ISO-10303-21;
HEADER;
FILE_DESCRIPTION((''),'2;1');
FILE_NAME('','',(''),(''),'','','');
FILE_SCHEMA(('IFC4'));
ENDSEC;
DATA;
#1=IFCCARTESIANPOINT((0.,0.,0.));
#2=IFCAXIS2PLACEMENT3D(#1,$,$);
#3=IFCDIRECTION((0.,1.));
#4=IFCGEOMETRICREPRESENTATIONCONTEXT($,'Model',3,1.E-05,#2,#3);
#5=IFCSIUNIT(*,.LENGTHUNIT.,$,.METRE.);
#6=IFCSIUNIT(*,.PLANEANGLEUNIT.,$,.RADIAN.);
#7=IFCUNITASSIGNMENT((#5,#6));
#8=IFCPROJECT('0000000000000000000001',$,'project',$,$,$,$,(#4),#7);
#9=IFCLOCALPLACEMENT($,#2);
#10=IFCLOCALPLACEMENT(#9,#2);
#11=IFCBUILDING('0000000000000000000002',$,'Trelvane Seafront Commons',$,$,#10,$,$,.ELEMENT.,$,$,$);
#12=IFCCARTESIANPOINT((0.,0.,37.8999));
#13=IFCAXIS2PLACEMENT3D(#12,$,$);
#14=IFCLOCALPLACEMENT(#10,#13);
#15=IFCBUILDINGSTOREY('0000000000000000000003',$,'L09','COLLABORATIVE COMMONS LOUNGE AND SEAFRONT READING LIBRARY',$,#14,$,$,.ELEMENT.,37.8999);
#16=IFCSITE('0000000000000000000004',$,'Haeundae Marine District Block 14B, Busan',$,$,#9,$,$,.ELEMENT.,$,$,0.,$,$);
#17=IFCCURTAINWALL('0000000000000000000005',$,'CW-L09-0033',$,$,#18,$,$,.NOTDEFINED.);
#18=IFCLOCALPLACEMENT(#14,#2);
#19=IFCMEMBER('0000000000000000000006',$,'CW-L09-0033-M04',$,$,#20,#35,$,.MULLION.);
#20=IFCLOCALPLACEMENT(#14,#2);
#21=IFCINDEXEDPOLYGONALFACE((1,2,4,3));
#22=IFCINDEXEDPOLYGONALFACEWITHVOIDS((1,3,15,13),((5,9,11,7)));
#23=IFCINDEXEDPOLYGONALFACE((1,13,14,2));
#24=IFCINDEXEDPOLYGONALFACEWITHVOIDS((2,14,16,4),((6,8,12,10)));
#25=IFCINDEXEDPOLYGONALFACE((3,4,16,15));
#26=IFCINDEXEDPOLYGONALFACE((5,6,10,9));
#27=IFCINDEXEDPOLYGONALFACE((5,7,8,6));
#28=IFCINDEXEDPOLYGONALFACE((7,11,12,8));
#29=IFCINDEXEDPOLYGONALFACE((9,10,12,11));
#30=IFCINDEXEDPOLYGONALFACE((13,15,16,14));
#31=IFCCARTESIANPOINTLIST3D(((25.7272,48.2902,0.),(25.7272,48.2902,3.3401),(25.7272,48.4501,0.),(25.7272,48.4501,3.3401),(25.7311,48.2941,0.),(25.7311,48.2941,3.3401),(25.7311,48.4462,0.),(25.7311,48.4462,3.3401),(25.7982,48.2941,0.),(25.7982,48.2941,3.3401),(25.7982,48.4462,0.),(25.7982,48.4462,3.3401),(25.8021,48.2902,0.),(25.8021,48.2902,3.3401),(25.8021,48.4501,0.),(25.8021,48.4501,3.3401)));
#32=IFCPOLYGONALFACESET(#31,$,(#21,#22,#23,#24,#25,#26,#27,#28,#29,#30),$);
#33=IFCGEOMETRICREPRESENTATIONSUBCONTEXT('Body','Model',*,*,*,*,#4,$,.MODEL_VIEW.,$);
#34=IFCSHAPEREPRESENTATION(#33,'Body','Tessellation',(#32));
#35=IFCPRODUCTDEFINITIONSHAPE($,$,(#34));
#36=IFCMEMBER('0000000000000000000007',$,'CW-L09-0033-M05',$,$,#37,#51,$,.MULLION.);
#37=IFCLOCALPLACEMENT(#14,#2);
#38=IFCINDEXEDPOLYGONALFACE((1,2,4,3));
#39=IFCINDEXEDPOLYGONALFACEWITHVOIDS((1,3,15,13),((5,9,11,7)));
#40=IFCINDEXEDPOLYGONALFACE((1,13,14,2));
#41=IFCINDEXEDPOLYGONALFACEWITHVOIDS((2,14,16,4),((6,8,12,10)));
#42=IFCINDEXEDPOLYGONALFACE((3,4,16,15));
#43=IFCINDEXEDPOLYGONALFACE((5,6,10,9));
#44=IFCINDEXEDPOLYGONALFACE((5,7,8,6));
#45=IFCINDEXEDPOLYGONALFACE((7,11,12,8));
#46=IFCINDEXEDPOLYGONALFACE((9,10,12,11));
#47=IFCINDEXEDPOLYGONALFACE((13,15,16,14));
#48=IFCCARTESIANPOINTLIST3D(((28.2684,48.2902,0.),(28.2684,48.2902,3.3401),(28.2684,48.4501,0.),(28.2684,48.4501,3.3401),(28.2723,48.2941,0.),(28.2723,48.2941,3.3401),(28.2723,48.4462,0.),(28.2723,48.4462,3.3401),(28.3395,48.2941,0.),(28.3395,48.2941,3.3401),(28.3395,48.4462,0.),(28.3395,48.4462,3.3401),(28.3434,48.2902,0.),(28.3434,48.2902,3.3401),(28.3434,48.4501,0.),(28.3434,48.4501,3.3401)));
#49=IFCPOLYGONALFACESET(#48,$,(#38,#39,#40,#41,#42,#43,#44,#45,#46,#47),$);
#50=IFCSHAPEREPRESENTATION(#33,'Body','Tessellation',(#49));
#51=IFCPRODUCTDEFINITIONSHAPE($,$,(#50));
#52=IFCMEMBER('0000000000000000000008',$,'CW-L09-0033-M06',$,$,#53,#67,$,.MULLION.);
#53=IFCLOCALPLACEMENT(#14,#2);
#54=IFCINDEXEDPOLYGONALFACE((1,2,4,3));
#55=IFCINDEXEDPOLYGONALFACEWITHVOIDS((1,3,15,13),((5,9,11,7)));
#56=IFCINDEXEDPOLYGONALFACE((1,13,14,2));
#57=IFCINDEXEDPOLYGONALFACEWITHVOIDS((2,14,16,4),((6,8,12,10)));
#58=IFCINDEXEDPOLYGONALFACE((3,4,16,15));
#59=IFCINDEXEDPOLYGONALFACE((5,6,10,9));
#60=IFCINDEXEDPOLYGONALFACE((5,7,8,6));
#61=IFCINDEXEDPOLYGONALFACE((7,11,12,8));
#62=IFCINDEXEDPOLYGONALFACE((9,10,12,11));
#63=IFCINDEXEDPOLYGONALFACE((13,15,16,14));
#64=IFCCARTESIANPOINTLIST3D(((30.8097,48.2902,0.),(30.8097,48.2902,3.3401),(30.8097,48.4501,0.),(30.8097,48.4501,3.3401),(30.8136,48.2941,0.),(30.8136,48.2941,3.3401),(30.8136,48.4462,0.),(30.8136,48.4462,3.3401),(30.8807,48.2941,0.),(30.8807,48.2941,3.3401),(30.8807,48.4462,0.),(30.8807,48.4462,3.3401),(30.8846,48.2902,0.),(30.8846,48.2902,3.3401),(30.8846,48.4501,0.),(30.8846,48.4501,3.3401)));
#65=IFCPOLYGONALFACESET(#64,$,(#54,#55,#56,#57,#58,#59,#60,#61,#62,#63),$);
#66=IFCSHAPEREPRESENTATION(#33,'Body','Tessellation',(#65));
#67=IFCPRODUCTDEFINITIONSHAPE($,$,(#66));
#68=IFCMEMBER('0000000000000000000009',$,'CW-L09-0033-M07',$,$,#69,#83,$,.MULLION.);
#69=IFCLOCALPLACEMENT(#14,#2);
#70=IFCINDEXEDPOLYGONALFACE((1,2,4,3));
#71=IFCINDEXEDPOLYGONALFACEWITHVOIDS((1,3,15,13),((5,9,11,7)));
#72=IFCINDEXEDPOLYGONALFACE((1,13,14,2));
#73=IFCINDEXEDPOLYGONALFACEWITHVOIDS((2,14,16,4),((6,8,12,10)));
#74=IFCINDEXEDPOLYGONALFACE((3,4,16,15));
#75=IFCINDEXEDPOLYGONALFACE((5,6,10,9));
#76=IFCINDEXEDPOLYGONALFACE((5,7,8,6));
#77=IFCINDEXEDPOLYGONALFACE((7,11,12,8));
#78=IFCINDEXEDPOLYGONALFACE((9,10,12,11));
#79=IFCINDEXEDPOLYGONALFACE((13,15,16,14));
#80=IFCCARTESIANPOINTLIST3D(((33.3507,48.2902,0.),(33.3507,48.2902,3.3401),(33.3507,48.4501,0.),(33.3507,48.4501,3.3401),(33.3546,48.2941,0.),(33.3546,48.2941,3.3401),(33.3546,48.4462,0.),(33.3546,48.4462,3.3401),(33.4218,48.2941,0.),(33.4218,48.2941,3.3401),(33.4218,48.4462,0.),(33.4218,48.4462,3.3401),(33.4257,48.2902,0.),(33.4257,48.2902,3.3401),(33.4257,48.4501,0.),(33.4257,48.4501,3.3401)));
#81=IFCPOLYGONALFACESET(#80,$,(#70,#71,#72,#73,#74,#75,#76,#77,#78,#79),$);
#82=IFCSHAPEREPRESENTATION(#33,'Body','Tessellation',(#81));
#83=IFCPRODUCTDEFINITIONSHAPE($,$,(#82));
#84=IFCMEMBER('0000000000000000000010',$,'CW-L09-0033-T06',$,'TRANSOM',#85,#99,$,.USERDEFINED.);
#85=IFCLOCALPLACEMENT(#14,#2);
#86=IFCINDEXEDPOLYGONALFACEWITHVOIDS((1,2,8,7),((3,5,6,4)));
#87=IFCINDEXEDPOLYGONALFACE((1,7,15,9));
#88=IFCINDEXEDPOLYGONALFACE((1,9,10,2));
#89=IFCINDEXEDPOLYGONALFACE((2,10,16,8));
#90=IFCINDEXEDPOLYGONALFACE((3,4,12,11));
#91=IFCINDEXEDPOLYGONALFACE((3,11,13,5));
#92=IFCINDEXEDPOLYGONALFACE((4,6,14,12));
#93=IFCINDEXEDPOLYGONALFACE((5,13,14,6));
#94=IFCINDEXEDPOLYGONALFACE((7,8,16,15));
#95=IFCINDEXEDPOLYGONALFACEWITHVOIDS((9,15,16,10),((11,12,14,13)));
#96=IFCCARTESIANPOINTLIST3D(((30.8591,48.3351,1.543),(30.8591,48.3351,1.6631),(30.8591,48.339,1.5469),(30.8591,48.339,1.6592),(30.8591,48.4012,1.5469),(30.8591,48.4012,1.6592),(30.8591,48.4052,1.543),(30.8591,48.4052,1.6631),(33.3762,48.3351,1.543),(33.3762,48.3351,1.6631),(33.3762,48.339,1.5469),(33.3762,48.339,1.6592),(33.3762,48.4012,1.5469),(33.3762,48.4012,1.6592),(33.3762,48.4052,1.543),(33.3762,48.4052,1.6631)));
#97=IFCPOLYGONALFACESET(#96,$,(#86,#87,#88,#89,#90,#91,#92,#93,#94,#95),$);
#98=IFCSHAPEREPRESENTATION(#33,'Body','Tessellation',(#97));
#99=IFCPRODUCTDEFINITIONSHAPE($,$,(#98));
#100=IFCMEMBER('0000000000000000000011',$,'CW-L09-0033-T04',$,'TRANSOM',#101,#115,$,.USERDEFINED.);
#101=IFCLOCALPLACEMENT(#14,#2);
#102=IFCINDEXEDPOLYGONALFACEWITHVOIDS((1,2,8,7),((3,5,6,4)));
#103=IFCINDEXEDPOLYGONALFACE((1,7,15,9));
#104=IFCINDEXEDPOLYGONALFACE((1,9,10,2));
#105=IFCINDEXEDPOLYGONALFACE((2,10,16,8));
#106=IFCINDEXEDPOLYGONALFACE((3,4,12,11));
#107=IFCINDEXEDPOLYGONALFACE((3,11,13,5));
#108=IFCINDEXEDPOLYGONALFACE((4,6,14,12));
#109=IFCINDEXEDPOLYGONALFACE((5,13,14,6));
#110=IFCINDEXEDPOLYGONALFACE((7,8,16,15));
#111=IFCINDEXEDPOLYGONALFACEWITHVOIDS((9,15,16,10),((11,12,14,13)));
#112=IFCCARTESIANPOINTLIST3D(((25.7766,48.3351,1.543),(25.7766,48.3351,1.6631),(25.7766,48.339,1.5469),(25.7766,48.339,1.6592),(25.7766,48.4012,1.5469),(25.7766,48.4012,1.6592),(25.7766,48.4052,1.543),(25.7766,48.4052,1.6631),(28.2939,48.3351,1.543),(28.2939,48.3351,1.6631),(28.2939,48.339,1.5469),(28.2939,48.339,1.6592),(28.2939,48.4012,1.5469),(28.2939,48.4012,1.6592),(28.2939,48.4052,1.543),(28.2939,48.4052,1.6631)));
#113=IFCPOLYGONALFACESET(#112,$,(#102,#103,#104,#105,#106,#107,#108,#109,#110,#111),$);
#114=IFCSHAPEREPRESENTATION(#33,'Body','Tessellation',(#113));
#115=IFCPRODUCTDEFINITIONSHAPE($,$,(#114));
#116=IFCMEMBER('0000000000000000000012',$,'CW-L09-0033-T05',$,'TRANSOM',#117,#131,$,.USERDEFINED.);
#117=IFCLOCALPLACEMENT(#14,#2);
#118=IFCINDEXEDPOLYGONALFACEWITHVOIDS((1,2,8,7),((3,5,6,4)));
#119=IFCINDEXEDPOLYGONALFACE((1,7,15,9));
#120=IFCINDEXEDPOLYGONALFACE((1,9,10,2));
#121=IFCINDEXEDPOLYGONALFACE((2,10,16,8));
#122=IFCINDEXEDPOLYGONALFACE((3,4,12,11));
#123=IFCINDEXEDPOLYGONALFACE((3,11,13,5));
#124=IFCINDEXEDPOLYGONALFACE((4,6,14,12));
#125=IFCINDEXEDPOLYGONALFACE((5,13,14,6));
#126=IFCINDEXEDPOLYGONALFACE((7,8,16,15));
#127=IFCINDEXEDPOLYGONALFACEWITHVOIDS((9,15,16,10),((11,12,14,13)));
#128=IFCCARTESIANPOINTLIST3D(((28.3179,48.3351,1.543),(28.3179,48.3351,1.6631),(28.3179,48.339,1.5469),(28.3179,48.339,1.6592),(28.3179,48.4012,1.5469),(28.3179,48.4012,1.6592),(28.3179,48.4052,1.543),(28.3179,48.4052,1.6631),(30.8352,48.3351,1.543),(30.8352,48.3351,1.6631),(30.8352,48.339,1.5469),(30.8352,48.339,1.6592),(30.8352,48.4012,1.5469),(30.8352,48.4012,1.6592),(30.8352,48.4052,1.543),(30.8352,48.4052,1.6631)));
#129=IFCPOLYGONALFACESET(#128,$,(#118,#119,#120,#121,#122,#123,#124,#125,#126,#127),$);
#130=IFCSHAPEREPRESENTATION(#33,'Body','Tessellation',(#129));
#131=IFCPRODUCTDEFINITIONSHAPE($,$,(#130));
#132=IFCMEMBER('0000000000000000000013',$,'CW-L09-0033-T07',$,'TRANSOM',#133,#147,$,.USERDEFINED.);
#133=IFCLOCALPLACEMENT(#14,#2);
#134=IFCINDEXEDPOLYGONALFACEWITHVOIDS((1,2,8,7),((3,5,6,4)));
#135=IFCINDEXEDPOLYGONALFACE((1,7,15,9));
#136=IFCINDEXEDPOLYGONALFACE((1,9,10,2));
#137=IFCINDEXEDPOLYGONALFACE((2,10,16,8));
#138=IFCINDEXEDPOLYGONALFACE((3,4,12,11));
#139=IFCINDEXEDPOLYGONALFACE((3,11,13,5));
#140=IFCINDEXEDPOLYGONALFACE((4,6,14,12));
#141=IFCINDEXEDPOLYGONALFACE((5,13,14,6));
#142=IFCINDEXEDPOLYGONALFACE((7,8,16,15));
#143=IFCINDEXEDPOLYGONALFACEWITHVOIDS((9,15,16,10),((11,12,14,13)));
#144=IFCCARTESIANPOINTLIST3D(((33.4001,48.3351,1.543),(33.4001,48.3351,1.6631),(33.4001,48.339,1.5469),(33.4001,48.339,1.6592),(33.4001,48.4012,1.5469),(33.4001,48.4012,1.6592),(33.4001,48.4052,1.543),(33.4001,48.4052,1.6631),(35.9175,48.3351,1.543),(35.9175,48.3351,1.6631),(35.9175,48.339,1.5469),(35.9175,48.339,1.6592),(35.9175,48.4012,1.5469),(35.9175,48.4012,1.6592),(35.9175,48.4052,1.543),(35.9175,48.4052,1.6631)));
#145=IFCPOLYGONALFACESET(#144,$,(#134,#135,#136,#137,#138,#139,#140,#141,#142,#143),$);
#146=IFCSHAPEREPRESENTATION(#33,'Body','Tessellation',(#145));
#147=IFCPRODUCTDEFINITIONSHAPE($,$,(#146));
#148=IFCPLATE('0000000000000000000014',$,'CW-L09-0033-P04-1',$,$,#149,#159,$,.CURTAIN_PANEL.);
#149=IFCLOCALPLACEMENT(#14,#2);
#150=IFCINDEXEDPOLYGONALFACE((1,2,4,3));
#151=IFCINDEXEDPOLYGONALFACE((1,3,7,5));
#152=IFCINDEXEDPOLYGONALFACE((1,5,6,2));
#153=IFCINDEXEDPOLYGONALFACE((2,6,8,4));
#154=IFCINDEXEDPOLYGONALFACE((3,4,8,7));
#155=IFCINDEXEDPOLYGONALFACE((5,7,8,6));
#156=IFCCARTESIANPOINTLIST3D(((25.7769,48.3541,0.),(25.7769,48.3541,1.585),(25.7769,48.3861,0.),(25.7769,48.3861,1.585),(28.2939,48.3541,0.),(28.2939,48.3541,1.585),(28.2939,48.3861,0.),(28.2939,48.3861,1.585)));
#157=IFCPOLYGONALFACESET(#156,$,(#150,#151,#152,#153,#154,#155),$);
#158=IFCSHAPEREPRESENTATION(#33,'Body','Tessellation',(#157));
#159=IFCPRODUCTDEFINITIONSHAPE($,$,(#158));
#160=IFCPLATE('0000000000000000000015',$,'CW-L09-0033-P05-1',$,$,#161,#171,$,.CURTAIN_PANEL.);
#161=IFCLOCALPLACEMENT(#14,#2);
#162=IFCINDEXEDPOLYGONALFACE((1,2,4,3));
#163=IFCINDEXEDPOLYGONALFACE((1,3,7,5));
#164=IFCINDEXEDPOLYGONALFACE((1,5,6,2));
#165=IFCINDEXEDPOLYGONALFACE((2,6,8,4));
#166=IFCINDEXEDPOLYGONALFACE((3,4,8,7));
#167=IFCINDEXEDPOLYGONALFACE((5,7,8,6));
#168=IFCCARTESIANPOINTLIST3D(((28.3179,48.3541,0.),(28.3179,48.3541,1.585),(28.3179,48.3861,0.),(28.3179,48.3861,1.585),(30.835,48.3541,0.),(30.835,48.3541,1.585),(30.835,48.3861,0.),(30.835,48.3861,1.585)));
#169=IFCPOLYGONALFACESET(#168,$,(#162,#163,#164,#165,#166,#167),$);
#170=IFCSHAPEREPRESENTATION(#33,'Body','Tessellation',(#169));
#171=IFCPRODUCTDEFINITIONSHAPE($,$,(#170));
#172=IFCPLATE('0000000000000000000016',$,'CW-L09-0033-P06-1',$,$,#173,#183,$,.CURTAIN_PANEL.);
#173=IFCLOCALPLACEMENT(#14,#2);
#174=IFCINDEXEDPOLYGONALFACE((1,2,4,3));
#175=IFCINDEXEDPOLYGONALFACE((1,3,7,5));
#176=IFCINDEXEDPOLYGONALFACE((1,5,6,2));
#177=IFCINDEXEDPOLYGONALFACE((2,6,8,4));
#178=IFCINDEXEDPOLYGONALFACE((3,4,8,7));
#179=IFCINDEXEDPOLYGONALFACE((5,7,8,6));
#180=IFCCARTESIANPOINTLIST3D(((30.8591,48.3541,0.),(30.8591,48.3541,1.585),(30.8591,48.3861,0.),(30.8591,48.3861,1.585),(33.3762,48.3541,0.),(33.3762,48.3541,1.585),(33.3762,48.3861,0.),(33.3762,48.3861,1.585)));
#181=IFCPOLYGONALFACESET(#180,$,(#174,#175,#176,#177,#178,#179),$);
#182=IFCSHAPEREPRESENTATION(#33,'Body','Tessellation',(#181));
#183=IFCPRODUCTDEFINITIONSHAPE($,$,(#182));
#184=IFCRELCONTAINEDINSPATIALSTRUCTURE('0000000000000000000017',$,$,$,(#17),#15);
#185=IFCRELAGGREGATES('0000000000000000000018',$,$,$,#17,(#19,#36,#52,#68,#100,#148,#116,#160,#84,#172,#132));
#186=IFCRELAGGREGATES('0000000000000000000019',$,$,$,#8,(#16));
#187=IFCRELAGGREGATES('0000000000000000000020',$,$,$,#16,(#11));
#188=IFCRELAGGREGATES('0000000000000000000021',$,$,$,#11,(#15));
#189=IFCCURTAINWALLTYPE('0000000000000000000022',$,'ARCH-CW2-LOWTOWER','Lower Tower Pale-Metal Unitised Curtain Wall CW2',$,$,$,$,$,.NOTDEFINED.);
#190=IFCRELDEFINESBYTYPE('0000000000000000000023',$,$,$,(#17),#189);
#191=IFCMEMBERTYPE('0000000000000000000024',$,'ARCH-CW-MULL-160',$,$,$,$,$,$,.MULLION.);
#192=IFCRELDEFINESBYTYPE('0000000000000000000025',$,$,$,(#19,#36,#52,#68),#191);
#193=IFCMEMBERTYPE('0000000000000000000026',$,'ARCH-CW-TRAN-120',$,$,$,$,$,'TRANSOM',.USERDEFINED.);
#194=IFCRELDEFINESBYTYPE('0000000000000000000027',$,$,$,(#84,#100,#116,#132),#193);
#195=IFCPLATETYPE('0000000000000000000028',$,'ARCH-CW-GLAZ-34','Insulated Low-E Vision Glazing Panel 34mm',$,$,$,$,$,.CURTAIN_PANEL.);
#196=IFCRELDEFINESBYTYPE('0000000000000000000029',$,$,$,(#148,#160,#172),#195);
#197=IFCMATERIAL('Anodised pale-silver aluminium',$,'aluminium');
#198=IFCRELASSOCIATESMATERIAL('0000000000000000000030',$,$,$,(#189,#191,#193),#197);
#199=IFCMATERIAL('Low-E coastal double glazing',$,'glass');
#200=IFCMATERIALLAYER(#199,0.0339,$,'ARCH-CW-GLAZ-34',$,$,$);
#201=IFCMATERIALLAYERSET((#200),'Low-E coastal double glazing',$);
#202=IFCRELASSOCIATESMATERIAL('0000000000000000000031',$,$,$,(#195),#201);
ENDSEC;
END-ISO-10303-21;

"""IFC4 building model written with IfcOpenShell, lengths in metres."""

from ifc_helpers import new_model, si_unit, direction, frame, origin, origin_2d, place, context, subcontext, project, spatial, rectangle, hollow_rectangle, extrude, source, transform, mapped, material, layer, layer_set, material_profile, profile_set, type_object, element, aggregate, save


model = new_model("IFC4")

# Units and contexts
model_context = context("Model", 3, precision=1e-05, world=origin(), true_north=direction((0.0, 1.0)))
body_context = subcontext(model_context, "Body", "Model", "MODEL_VIEW")
ifc_project = project(units=[si_unit("LENGTHUNIT", "METRE"), si_unit("PLANEANGLEUNIT", "RADIAN")], contexts=[model_context])

# Site, building, storey
site_placement = place(None, origin())
site = spatial("IfcSite", under=ifc_project, at=site_placement, Name="Haeundae Marine District Block 14B, Busan", CompositionType="ELEMENT", RefElevation=0.0)
building_placement = place(site_placement, origin())
building = spatial("IfcBuilding", under=site, at=building_placement, Name="Trelvane Seafront Commons", CompositionType="ELEMENT")
storey_placement = place(building_placement, frame((0.0, 0.0, 37.8999)))
storey = spatial("IfcBuildingStorey", under=building, at=storey_placement, Name="L09", Description="COLLABORATIVE COMMONS LOUNGE AND SEAFRONT READING LIBRARY", CompositionType="ELEMENT", Elevation=37.8999)

# Curtain wall, members, plates
ifc_material_1 = material(Name="Anodised pale-silver aluminium", Category="aluminium")
curtain_wall_type = type_object("IfcCurtainWallType", Name="ARCH-CW2-LOWTOWER", Description="Lower Tower Pale-Metal Unitised Curtain Wall CW2", PredefinedType="NOTDEFINED", material=ifc_material_1)
curtain_wall_placement = place(storey_placement, origin())
curtain_wall = element("IfcCurtainWall", 1, at=curtain_wall_placement, inside=storey, type_object=curtain_wall_type, Name="CW-L09-0033", PredefinedType="NOTDEFINED")
ifc_material_profile_1 = material_profile(ifc_material_1, hollow_rectangle(XDim=0.075, YDim=0.1599, WallThickness=0.0039, at=origin_2d()), Name="MULL-75x160x4")
ifc_profile_set_1 = profile_set([ifc_material_profile_1], Name="Anodised pale-silver aluminium")
member_type_1 = type_object("IfcMemberType", Name="ARCH-CW-MULL-160", PredefinedType="MULLION", material=ifc_profile_set_1)
shared_shape_1 = source(origin(), body_context, "Body", "SweptSolid", [
    extrude(hollow_rectangle(XDim=0.075, YDim=0.1599, WallThickness=0.0039, at=origin_2d()), origin(), (0.0, 0.0, 1.0), 3.3401),
])
member_1_placement = place(storey_placement, frame((25.7646, 48.3701, 0.0), z_axis=(0.0, 0.0, 1.0), x_axis=(1.0, 0.0, 0.0)))
member_1 = element("IfcMember", 2, at=member_1_placement, type_object=member_type_1, Name="CW-L09-0033-M04", PredefinedType="MULLION", context=body_context, shape_type="MappedRepresentation", body=[
    mapped(shared_shape_1, transform((0.0, 0.0, 0.0), x_axis=(1.0, 0.0, 0.0), y_axis=(0.0, 1.0, 0.0), z_axis=(0.0, 0.0, 1.0), scale=1.0)),
])
member_2_placement = place(storey_placement, frame((28.3059, 48.3701, 0.0), z_axis=(0.0, 0.0, 1.0), x_axis=(1.0, 0.0, 0.0)))
member_2 = element("IfcMember", 3, at=member_2_placement, type_object=member_type_1, Name="CW-L09-0033-M05", PredefinedType="MULLION", context=body_context, shape_type="MappedRepresentation", body=[
    mapped(shared_shape_1, transform((0.0, 0.0, 0.0), x_axis=(1.0, 0.0, 0.0), y_axis=(0.0, 1.0, 0.0), z_axis=(0.0, 0.0, 1.0), scale=1.0)),
])
member_3_placement = place(storey_placement, frame((30.8472, 48.3701, 0.0), z_axis=(0.0, 0.0, 1.0), x_axis=(1.0, 0.0, 0.0)))
member_3 = element("IfcMember", 4, at=member_3_placement, type_object=member_type_1, Name="CW-L09-0033-M06", PredefinedType="MULLION", context=body_context, shape_type="MappedRepresentation", body=[
    mapped(shared_shape_1, transform((0.0, 0.0, 0.0), x_axis=(1.0, 0.0, 0.0), y_axis=(0.0, 1.0, 0.0), z_axis=(0.0, 0.0, 1.0), scale=1.0)),
])
member_4_placement = place(storey_placement, frame((33.3882, 48.3701, 0.0), z_axis=(0.0, 0.0, 1.0), x_axis=(1.0, 0.0, 0.0)))
member_4 = element("IfcMember", 5, at=member_4_placement, type_object=member_type_1, Name="CW-L09-0033-M07", PredefinedType="MULLION", context=body_context, shape_type="MappedRepresentation", body=[
    mapped(shared_shape_1, transform((0.0, 0.0, 0.0), x_axis=(1.0, 0.0, 0.0), y_axis=(0.0, 1.0, 0.0), z_axis=(0.0, 0.0, 1.0), scale=1.0)),
])
ifc_material_profile_2 = material_profile(ifc_material_1, hollow_rectangle(XDim=0.0701, YDim=0.1201, WallThickness=0.0039, at=origin_2d()), Name="TRAN-70x120x4")
ifc_profile_set_2 = profile_set([ifc_material_profile_2], Name="Anodised pale-silver aluminium")
member_type_2 = type_object("IfcMemberType", Name="ARCH-CW-TRAN-120", ElementType="TRANSOM", PredefinedType="USERDEFINED", material=ifc_profile_set_2)
shared_shape_2 = source(origin(), body_context, "Body", "SweptSolid", [
    extrude(hollow_rectangle(XDim=0.0701, YDim=0.1201, WallThickness=0.0039, at=origin_2d()), origin(), (0.0, 0.0, 1.0), 2.5171),
])
member_5_placement = place(storey_placement, frame((30.8591, 48.3701, 1.603), z_axis=(1.0, 0.0, 0.0), x_axis=(0.0, 1.0, 0.0)))
member_5 = element("IfcMember", 6, at=member_5_placement, type_object=member_type_2, Name="CW-L09-0033-T06", ObjectType="TRANSOM", PredefinedType="USERDEFINED", context=body_context, shape_type="MappedRepresentation", body=[
    mapped(shared_shape_2, transform((0.0, 0.0, 0.0), x_axis=(1.0, 0.0, 0.0), y_axis=(0.0, 1.0, 0.0), z_axis=(0.0, 0.0, 1.0), scale=1.0)),
])
shared_shape_3 = source(origin(), body_context, "Body", "SweptSolid", [
    extrude(hollow_rectangle(XDim=0.0701, YDim=0.1201, WallThickness=0.0039, at=origin_2d()), origin(), (0.0, 0.0, 1.0), 2.5173),
])
member_6_placement = place(storey_placement, frame((25.7766, 48.3701, 1.603), z_axis=(1.0, 0.0, 0.0), x_axis=(0.0, 1.0, 0.0)))
member_6 = element("IfcMember", 7, at=member_6_placement, type_object=member_type_2, Name="CW-L09-0033-T04", ObjectType="TRANSOM", PredefinedType="USERDEFINED", context=body_context, shape_type="MappedRepresentation", body=[
    mapped(shared_shape_3, transform((0.0, 0.0, 0.0), x_axis=(1.0, 0.0, 0.0), y_axis=(0.0, 1.0, 0.0), z_axis=(0.0, 0.0, 1.0), scale=1.0)),
])
member_7_placement = place(storey_placement, frame((28.3179, 48.3701, 1.603), z_axis=(1.0, 0.0, 0.0), x_axis=(0.0, 1.0, 0.0)))
member_7 = element("IfcMember", 8, at=member_7_placement, type_object=member_type_2, Name="CW-L09-0033-T05", ObjectType="TRANSOM", PredefinedType="USERDEFINED", context=body_context, shape_type="MappedRepresentation", body=[
    mapped(shared_shape_3, transform((0.0, 0.0, 0.0), x_axis=(1.0, 0.0, 0.0), y_axis=(0.0, 1.0, 0.0), z_axis=(0.0, 0.0, 1.0), scale=1.0)),
])
member_8_placement = place(storey_placement, frame((33.4001, 48.3701, 1.603), z_axis=(1.0, 0.0, 0.0), x_axis=(0.0, 1.0, 0.0)))
member_8 = element("IfcMember", 9, at=member_8_placement, type_object=member_type_2, Name="CW-L09-0033-T07", ObjectType="TRANSOM", PredefinedType="USERDEFINED", context=body_context, shape_type="MappedRepresentation", body=[
    mapped(shared_shape_3, transform((0.0, 0.0, 0.0), x_axis=(1.0, 0.0, 0.0), y_axis=(0.0, 1.0, 0.0), z_axis=(0.0, 0.0, 1.0), scale=1.0)),
])
ifc_material_2 = material(Name="Low-E coastal double glazing", Category="glass")
ifc_layer_1 = layer(ifc_material_2, 0.0339, Name="ARCH-CW-GLAZ-34")
ifc_layer_set_1 = layer_set([ifc_layer_1], Name="Low-E coastal double glazing")
plate_type_1 = type_object("IfcPlateType", Name="ARCH-CW-GLAZ-34", Description="Insulated Low-E Vision Glazing Panel 34mm", PredefinedType="CURTAIN_PANEL", material=ifc_layer_set_1)
shared_shape_4 = source(origin(), body_context, "Body", "SweptSolid", [
    extrude(rectangle(XDim=2.5171, YDim=0.032, at=origin_2d()), origin(), (0.0, 0.0, 1.0), 1.585),
])
plate_1_placement = place(storey_placement, frame((27.0354, 48.3701, 0.0), z_axis=(0.0, 0.0, 1.0), x_axis=(1.0, 0.0, 0.0)))
plate_1 = element("IfcPlate", 10, at=plate_1_placement, type_object=plate_type_1, Name="CW-L09-0033-P04-1", PredefinedType="CURTAIN_PANEL", context=body_context, shape_type="MappedRepresentation", body=[
    mapped(shared_shape_4, transform((0.0, 0.0, 0.0), x_axis=(1.0, 0.0, 0.0), y_axis=(0.0, 1.0, 0.0), z_axis=(0.0, 0.0, 1.0), scale=1.0)),
])
plate_2_placement = place(storey_placement, frame((29.5764, 48.3701, 0.0), z_axis=(0.0, 0.0, 1.0), x_axis=(1.0, 0.0, 0.0)))
plate_2 = element("IfcPlate", 11, at=plate_2_placement, type_object=plate_type_1, Name="CW-L09-0033-P05-1", PredefinedType="CURTAIN_PANEL", context=body_context, shape_type="MappedRepresentation", body=[
    mapped(shared_shape_4, transform((0.0, 0.0, 0.0), x_axis=(1.0, 0.0, 0.0), y_axis=(0.0, 1.0, 0.0), z_axis=(0.0, 0.0, 1.0), scale=1.0)),
])
plate_3_placement = place(storey_placement, frame((32.1177, 48.3701, 0.0), z_axis=(0.0, 0.0, 1.0), x_axis=(1.0, 0.0, 0.0)))
plate_3 = element("IfcPlate", 12, at=plate_3_placement, type_object=plate_type_1, Name="CW-L09-0033-P06-1", PredefinedType="CURTAIN_PANEL", context=body_context, shape_type="MappedRepresentation", body=[
    mapped(shared_shape_4, transform((0.0, 0.0, 0.0), x_axis=(1.0, 0.0, 0.0), y_axis=(0.0, 1.0, 0.0), z_axis=(0.0, 0.0, 1.0), scale=1.0)),
])
aggregate(curtain_wall, [member_1, member_2, member_3, member_4, member_6, plate_1, member_7, plate_2, member_5, plate_3, member_8])

save(model, "model.ifc")
